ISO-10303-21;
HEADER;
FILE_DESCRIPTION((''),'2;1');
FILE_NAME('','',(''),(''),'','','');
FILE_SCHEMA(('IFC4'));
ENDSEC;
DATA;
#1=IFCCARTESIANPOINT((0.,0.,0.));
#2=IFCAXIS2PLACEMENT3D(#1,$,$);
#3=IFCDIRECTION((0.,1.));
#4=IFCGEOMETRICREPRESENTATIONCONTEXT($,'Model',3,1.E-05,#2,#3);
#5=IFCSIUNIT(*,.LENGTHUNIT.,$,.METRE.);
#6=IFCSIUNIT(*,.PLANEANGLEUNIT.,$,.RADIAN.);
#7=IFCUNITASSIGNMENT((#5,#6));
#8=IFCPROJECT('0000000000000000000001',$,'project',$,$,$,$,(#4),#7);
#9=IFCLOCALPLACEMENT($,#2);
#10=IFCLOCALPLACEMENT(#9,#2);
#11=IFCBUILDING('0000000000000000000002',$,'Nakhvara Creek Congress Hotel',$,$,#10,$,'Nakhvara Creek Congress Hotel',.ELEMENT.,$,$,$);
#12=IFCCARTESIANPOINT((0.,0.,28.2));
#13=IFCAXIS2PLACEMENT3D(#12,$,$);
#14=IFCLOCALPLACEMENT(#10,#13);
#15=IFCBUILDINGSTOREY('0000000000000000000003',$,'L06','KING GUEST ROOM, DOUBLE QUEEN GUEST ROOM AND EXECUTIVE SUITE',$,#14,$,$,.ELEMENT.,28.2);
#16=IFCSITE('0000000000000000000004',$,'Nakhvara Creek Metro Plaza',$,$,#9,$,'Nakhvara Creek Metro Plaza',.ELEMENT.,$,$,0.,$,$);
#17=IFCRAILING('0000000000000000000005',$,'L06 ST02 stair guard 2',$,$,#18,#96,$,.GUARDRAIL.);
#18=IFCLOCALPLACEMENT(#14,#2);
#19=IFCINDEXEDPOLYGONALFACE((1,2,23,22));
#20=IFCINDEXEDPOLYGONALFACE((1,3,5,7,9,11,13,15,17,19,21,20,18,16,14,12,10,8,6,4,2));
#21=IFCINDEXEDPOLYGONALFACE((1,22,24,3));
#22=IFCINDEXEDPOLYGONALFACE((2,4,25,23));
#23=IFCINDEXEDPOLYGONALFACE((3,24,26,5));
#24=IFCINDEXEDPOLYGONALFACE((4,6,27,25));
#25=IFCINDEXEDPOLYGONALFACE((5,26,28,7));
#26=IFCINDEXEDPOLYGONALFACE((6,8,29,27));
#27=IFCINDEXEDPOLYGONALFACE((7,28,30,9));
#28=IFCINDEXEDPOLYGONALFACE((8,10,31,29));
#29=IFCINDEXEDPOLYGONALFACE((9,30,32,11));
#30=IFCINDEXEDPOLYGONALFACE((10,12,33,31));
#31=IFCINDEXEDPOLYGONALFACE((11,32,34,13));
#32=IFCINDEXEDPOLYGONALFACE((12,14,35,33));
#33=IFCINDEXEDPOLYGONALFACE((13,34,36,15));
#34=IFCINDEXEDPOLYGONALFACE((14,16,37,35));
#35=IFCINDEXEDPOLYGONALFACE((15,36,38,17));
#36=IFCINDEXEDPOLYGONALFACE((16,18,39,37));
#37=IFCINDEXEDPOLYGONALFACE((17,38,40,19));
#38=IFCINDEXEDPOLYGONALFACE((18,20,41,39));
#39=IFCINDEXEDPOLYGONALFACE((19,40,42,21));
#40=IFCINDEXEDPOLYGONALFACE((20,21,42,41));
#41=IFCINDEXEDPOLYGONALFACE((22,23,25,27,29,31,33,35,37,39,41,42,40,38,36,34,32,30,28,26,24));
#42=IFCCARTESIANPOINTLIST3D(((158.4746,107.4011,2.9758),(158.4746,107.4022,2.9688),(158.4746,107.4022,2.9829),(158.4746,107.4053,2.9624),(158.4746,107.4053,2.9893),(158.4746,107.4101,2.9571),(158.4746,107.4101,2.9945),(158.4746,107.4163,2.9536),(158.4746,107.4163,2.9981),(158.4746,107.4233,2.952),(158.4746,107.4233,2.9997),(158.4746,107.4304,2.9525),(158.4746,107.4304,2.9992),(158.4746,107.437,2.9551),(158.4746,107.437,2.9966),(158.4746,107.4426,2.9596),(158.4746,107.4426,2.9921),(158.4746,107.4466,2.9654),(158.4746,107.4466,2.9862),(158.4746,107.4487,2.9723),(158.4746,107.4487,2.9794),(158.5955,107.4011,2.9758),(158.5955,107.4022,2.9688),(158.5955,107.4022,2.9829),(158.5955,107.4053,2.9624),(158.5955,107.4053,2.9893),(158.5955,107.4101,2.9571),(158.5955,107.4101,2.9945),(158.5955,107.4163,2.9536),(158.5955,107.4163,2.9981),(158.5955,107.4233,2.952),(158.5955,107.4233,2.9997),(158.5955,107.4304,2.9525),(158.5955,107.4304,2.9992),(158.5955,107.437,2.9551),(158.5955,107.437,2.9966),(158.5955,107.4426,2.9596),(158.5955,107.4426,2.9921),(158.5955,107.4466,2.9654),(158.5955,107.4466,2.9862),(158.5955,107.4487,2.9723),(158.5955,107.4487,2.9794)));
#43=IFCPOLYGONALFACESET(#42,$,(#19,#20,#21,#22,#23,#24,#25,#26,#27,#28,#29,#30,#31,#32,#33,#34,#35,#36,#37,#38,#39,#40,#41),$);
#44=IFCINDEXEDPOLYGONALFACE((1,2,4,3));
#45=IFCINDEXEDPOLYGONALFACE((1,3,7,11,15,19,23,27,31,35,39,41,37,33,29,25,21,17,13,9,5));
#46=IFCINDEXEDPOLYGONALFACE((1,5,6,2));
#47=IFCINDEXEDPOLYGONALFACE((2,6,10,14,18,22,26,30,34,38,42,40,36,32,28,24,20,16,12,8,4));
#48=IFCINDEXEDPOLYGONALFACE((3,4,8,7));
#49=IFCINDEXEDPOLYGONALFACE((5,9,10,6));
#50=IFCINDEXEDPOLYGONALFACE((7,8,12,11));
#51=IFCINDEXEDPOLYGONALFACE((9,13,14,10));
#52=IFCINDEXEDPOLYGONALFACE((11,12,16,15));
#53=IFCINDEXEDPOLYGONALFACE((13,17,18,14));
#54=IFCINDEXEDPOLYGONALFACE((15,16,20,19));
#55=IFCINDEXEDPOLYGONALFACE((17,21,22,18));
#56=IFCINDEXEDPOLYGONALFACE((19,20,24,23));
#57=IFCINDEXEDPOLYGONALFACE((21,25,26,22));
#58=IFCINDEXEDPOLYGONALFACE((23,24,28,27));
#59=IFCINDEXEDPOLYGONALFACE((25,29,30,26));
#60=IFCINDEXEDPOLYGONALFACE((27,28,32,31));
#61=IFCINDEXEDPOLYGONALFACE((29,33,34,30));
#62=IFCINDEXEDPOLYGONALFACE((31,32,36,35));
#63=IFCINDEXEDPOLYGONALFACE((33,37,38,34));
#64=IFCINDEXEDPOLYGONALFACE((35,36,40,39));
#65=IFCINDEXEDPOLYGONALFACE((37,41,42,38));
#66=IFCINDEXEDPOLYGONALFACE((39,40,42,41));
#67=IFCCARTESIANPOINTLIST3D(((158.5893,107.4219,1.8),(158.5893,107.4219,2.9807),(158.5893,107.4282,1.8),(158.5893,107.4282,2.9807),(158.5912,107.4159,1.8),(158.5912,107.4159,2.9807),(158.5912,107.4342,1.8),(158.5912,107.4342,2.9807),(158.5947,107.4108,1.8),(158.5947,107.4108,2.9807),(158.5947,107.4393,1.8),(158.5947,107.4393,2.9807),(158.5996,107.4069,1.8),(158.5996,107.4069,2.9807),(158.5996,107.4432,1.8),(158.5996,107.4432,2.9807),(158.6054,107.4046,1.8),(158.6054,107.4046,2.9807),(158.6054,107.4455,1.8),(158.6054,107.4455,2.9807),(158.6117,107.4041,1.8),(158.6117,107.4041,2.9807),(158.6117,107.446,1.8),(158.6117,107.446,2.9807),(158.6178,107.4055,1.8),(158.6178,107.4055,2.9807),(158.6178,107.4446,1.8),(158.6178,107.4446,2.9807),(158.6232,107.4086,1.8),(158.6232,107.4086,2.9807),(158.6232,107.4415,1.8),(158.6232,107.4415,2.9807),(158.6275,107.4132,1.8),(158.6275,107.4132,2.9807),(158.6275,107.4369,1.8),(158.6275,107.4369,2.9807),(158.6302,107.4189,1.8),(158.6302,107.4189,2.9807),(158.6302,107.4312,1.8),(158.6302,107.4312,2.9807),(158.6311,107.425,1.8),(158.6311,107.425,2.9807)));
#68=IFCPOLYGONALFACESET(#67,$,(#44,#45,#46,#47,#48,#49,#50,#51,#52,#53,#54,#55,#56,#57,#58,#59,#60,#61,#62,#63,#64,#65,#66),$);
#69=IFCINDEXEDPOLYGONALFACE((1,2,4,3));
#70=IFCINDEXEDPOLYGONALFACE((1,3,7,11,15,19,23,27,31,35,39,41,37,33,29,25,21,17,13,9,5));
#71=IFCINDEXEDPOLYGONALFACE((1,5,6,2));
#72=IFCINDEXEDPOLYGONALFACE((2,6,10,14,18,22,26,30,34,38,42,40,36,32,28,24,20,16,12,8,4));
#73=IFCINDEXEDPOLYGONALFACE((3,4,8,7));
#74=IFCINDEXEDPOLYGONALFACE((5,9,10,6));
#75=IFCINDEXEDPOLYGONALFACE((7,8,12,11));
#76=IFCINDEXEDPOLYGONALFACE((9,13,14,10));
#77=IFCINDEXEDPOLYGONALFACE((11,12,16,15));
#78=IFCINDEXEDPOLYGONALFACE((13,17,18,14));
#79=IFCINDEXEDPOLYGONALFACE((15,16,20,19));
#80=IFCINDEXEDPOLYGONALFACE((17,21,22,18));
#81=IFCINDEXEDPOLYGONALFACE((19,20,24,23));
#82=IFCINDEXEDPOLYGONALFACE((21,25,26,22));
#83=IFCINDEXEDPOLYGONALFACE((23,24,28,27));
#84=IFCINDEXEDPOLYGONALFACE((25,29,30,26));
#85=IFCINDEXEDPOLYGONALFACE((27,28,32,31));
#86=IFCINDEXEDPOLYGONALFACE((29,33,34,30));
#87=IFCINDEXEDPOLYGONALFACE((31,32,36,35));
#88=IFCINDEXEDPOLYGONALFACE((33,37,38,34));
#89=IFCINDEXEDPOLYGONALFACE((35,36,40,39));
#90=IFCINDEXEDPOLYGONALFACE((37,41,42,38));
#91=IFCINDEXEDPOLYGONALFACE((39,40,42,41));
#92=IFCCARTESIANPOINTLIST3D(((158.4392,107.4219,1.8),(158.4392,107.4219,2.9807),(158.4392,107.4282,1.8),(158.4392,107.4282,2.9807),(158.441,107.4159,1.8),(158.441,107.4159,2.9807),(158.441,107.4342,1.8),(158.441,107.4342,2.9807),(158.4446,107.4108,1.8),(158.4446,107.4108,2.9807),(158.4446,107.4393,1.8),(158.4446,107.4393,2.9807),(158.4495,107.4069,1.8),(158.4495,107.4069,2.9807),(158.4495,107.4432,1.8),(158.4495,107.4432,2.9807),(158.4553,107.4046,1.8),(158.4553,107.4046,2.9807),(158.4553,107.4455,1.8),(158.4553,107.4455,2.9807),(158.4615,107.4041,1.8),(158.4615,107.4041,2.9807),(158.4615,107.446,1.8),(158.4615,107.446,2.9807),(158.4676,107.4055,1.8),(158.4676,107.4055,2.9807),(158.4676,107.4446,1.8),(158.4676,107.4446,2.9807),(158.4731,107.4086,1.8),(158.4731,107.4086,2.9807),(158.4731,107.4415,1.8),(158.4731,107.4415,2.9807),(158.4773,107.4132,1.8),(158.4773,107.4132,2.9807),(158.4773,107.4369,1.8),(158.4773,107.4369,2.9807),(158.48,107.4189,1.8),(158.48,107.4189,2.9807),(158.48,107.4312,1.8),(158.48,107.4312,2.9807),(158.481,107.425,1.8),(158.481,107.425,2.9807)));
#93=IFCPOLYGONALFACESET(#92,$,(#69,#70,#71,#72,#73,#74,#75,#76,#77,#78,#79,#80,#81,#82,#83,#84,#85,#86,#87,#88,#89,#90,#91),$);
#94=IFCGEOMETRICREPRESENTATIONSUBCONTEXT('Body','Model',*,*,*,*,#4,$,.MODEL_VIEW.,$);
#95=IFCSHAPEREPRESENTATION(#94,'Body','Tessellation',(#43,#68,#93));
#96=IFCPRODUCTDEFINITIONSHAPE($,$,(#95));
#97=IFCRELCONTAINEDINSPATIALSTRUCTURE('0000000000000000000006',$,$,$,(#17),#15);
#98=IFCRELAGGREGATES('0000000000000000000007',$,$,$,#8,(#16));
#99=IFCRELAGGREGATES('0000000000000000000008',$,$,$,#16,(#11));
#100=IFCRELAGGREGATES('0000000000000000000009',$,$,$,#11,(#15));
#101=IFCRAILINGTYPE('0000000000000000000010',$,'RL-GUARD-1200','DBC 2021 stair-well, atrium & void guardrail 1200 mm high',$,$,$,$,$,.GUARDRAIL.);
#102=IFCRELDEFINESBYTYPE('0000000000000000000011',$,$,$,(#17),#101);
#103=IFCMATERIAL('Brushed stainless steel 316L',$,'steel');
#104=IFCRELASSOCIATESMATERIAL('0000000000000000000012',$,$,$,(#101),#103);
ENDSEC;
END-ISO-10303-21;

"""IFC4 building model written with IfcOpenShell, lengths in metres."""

from ifc_helpers import new_model, si_unit, direction, frame, origin, origin_2d, place, context, subcontext, project, spatial, circle, extrude, material, type_object, element, save


model = new_model("IFC4")

# Units and contexts
model_context = context("Model", 3, precision=1e-05, world=origin(), true_north=direction((0.0, 1.0)))
body_context = subcontext(model_context, "Body", "Model", "MODEL_VIEW")
ifc_project = project(units=[si_unit("LENGTHUNIT", "METRE"), si_unit("PLANEANGLEUNIT", "RADIAN")], contexts=[model_context])

# Site, building, storey
site_placement = place(None, origin())
site = spatial("IfcSite", under=ifc_project, at=site_placement, Name="Nakhvara Creek Metro Plaza", LongName="Nakhvara Creek Metro Plaza", CompositionType="ELEMENT", RefElevation=0.0)
building_placement = place(site_placement, origin())
building = spatial("IfcBuilding", under=site, at=building_placement, Name="Nakhvara Creek Congress Hotel", LongName="Nakhvara Creek Congress Hotel", CompositionType="ELEMENT")
storey_placement = place(building_placement, frame((0.0, 0.0, 28.2)))
storey = spatial("IfcBuildingStorey", under=building, at=storey_placement, Name="L06", Description="KING GUEST ROOM, DOUBLE QUEEN GUEST ROOM AND EXECUTIVE SUITE", CompositionType="ELEMENT", Elevation=28.2)

# Railing
ifc_material_1 = material(Name="Brushed stainless steel 316L", Category="steel")
railing_type_1 = type_object("IfcRailingType", Name="RL-GUARD-1200", Description="DBC 2021 stair-well, atrium & void guardrail 1200 mm high", PredefinedType="GUARDRAIL", material=ifc_material_1)
railing_1_placement = place(storey_placement, frame((158.6101, 107.425, 1.8)))
element("IfcRailing", 1, at=railing_1_placement, inside=storey, type_object=railing_type_1, Name="L06 ST02 stair guard 2", PredefinedType="GUARDRAIL", context=body_context, shape_type="SweptSolid", body=[
    extrude(circle(Radius=0.0239, at=origin_2d()), frame((-0.0146, 0.0, 1.1758), z_axis=(-1.0, 0.0, 0.0), x_axis=(0.0, -1.0, 0.0)), (0.0, 0.0, 1.0), 0.1208),
    extrude(circle(Radius=0.021, at=origin_2d()), origin(), (0.0, 0.0, 1.0), 1.1807),
    extrude(circle(Radius=0.021, at=origin_2d()), frame((-0.1501, 0.0, 0.0)), (0.0, 0.0, 1.0), 1.1807),
])

save(model, "model.ifc")
